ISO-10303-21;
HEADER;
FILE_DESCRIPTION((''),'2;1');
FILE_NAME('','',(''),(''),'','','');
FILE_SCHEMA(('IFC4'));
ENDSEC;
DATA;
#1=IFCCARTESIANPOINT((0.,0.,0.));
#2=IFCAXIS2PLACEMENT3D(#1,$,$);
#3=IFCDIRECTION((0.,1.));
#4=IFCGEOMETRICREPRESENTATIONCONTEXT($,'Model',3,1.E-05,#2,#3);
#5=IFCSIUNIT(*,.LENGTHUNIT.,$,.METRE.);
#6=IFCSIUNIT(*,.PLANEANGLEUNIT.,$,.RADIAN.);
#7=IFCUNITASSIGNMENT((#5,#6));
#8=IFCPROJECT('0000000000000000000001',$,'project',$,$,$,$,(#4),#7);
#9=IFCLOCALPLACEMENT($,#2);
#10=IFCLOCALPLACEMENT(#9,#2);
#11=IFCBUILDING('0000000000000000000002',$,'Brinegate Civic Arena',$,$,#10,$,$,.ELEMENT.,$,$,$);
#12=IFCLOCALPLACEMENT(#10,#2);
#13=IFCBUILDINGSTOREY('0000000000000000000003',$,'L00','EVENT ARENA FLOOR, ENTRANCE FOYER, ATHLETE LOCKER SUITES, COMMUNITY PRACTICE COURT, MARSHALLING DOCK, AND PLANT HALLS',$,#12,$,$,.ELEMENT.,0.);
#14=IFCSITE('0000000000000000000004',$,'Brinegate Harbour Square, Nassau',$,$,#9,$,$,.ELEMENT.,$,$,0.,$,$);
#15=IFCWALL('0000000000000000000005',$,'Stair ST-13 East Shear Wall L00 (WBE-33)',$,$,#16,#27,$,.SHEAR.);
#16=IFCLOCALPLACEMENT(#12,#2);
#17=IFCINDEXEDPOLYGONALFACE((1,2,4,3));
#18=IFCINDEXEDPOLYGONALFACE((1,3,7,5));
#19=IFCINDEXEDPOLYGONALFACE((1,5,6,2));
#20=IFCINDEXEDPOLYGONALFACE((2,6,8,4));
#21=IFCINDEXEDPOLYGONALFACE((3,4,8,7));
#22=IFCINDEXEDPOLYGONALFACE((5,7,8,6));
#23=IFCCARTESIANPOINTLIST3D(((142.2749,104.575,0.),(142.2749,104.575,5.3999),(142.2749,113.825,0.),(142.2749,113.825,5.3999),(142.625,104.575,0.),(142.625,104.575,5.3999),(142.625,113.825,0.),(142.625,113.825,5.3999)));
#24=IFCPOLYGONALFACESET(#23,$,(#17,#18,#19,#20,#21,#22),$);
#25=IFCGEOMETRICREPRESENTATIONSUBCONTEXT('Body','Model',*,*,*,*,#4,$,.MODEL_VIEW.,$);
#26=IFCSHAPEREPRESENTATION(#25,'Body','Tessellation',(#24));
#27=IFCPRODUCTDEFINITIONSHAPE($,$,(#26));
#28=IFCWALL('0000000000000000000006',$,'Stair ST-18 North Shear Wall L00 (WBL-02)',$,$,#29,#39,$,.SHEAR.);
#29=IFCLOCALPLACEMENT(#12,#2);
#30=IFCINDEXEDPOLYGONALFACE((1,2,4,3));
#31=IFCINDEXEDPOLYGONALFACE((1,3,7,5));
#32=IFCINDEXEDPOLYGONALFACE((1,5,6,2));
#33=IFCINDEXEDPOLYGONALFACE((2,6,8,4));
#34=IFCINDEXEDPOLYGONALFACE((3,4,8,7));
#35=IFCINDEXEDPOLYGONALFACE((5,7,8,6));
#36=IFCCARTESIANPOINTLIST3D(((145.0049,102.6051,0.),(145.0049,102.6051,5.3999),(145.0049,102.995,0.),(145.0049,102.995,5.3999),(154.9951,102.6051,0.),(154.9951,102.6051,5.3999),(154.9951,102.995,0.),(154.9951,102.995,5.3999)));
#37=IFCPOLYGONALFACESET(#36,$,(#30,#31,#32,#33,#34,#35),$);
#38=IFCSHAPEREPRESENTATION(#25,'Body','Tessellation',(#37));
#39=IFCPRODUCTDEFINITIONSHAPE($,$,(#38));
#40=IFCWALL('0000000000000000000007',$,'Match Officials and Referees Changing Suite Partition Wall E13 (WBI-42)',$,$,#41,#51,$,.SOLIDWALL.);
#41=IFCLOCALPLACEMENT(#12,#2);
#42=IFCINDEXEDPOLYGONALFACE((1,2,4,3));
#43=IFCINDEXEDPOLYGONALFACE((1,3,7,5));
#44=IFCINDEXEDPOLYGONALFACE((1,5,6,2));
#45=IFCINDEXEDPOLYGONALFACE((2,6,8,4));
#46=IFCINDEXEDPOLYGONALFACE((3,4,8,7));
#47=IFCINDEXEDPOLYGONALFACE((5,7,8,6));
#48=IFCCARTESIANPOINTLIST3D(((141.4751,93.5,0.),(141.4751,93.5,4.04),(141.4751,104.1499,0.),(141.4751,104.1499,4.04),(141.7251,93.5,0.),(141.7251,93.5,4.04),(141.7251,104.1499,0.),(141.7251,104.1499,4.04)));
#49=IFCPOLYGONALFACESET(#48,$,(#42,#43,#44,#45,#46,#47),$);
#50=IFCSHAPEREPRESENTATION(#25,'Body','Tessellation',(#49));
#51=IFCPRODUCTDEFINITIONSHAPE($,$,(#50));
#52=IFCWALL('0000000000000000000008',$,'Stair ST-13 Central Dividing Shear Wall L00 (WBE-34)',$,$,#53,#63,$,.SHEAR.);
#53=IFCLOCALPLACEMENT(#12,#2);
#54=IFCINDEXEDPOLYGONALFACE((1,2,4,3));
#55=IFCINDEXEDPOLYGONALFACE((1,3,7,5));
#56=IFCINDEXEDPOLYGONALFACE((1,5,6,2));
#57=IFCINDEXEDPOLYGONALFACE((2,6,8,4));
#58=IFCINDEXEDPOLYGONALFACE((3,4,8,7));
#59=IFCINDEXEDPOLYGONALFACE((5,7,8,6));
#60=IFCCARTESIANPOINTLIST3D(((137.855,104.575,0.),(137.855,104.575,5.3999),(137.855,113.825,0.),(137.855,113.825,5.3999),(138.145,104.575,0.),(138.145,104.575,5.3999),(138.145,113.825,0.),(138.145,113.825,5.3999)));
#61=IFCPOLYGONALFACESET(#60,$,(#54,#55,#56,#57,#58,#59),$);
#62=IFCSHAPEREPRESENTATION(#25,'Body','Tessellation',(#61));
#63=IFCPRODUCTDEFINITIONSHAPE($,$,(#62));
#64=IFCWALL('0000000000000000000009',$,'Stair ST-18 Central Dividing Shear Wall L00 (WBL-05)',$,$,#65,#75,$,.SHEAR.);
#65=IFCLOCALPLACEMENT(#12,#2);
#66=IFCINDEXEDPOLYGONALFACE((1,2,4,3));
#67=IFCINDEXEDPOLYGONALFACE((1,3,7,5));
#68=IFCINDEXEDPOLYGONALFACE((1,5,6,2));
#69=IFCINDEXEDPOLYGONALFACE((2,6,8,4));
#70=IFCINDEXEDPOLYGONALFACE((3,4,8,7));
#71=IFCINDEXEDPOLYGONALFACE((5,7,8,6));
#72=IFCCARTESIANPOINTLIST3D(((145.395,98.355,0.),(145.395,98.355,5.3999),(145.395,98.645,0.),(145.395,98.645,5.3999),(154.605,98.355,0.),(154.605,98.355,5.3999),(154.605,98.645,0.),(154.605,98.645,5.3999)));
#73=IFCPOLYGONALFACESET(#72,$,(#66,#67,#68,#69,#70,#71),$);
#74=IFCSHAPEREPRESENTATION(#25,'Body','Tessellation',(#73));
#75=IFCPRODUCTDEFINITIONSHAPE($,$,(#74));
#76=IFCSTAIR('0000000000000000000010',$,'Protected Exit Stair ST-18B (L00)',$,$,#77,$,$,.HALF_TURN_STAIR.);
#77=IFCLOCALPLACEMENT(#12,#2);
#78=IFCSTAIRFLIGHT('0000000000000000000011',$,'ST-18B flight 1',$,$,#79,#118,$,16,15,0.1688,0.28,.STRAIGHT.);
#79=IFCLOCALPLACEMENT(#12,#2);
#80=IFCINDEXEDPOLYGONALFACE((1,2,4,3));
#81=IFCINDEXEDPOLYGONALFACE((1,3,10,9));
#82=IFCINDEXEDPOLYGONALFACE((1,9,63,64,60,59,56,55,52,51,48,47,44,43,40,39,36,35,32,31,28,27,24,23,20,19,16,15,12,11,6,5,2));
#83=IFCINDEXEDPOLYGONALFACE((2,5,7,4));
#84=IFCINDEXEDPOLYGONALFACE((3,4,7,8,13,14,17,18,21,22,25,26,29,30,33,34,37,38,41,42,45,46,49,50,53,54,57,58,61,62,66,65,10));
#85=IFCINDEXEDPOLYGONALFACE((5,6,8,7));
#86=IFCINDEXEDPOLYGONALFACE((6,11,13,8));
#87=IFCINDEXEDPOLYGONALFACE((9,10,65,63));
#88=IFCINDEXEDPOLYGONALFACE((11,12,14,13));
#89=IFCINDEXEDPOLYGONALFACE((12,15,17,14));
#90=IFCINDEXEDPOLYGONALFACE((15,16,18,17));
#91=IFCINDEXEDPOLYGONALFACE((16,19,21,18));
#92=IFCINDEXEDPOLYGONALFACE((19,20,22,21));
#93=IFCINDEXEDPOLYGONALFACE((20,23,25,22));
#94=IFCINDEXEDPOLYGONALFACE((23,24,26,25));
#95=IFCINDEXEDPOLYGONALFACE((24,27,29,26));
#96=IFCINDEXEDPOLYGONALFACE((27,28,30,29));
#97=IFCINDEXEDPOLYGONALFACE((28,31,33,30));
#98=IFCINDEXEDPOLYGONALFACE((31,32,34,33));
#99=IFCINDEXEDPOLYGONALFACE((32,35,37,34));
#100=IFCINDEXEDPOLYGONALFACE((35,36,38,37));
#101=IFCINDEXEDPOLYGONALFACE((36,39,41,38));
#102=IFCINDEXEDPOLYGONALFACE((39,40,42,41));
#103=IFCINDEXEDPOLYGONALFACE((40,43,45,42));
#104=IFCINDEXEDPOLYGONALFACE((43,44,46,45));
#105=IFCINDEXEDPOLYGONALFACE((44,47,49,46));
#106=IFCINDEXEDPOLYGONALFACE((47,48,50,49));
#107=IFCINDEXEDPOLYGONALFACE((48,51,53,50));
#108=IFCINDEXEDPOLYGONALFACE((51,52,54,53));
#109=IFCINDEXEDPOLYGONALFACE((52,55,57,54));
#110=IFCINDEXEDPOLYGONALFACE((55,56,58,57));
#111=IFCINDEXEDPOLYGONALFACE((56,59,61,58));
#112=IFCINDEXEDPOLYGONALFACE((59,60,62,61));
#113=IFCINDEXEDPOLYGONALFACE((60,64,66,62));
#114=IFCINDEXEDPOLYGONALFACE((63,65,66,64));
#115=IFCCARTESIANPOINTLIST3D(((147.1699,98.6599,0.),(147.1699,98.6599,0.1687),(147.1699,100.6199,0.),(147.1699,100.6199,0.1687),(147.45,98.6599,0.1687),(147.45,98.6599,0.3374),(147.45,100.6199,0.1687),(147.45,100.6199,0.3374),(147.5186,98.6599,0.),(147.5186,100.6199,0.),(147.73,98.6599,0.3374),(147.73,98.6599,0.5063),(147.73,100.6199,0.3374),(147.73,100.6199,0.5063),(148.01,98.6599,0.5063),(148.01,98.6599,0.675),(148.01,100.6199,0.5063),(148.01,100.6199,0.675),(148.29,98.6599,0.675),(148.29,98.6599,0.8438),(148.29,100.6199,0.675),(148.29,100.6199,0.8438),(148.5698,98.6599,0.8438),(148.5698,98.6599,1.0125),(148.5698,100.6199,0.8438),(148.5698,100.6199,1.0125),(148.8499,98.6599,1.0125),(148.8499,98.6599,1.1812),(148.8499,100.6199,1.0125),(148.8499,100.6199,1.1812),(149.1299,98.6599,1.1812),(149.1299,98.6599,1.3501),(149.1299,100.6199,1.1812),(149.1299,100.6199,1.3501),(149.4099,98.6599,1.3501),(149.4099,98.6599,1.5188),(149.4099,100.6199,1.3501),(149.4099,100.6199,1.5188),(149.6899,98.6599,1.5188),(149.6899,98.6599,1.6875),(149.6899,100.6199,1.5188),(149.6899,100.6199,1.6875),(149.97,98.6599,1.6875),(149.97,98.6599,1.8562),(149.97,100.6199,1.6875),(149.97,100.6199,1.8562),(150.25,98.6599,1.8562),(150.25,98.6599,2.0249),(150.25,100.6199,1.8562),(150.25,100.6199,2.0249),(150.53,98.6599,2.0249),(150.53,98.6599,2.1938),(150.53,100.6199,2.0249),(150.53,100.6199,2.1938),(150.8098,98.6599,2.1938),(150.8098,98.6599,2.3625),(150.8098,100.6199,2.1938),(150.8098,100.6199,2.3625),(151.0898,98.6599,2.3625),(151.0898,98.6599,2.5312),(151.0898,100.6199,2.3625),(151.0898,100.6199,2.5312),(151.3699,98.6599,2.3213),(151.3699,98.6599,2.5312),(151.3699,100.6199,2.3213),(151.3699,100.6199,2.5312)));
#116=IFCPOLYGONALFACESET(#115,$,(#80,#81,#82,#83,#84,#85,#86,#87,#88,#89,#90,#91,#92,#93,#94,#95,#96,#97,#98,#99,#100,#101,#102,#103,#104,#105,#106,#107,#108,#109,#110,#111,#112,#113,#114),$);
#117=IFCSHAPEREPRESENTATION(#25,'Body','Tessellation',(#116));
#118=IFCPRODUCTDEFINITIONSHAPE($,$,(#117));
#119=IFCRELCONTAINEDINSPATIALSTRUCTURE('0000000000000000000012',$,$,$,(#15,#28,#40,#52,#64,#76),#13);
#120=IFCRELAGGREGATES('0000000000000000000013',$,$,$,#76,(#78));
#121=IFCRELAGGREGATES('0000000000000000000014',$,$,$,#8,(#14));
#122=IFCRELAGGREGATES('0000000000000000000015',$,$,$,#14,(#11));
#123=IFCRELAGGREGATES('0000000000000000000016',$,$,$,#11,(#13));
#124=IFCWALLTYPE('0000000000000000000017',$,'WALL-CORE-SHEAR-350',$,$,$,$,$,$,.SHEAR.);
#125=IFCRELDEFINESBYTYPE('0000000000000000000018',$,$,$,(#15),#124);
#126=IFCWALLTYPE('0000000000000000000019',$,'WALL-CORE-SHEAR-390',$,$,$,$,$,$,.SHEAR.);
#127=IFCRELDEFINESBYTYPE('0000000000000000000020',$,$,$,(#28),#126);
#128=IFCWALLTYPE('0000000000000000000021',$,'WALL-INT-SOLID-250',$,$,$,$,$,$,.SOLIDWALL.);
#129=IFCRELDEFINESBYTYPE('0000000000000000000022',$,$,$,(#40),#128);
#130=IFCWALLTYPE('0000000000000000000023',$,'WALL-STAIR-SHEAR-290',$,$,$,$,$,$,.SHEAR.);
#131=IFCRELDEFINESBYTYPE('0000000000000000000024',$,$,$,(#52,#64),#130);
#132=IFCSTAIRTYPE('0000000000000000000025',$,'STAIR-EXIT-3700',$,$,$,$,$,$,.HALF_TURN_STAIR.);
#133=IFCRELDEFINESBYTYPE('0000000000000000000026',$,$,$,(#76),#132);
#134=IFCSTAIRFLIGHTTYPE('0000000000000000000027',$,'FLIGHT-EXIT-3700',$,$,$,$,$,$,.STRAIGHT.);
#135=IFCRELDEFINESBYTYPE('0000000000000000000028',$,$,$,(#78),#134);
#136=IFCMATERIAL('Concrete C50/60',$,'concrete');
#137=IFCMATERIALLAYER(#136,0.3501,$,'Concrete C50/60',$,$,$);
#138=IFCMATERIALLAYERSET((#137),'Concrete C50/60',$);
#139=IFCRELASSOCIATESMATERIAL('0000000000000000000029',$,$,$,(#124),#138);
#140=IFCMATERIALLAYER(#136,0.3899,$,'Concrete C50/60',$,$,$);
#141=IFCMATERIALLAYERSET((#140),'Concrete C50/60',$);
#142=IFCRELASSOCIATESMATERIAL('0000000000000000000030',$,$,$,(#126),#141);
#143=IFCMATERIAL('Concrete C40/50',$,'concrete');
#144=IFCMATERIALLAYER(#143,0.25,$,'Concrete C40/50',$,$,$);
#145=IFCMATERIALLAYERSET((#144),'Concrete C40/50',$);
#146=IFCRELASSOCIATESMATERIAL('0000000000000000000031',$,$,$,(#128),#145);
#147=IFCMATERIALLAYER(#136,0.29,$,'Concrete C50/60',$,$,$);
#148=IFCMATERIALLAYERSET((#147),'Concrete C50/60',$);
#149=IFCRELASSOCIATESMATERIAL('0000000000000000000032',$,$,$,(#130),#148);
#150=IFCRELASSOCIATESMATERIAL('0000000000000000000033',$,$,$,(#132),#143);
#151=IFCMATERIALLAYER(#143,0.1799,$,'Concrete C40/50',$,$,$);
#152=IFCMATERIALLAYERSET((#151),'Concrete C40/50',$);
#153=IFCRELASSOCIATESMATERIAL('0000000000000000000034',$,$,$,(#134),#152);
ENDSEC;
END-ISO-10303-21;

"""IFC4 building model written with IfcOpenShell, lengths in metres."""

from ifc_helpers import new_model, si_unit, direction, frame, frame_2d, origin, place, context, subcontext, project, spatial, polyline, rectangle, outline, extrude, material, layer, layer_set, type_object, element, aggregate, save


model = new_model("IFC4")

# Units and contexts
model_context = context("Model", 3, precision=1e-05, world=origin(), true_north=direction((0.0, 1.0)))
body_context = subcontext(model_context, "Body", "Model", "MODEL_VIEW")
ifc_project = project(units=[si_unit("LENGTHUNIT", "METRE"), si_unit("PLANEANGLEUNIT", "RADIAN")], contexts=[model_context])

# Site, building, storey
site_placement = place(None, origin())
site = spatial("IfcSite", under=ifc_project, at=site_placement, Name="Brinegate Harbour Square, Nassau", CompositionType="ELEMENT", RefElevation=0.0)
building_placement = place(site_placement, origin())
building = spatial("IfcBuilding", under=site, at=building_placement, Name="Brinegate Civic Arena", CompositionType="ELEMENT")
storey_placement = place(building_placement, origin())
storey = spatial("IfcBuildingStorey", under=building, at=storey_placement, Name="L00", Description="EVENT ARENA FLOOR, ENTRANCE FOYER, ATHLETE LOCKER SUITES, COMMUNITY PRACTICE COURT, MARSHALLING DOCK, AND PLANT HALLS", CompositionType="ELEMENT", Elevation=0.0)

# Shared definitions
ifc_material_1 = material(Name="Concrete C40/50", Category="concrete")

# Shared definitions
ifc_material_2 = material(Name="Concrete C50/60", Category="concrete")

# Walls
ifc_layer_1 = layer(ifc_material_2, 0.3501, Name="Concrete C50/60")
ifc_layer_set_1 = layer_set([ifc_layer_1], Name="Concrete C50/60")
wall_type_1 = type_object("IfcWallType", Name="WALL-CORE-SHEAR-350", PredefinedType="SHEAR", material=ifc_layer_set_1)
for number, where, z_axis, x_axis, name in (
    (1, (142.45, 104.575, 0.0), (0.0, 0.0, 1.0), (0.0, 1.0, 0.0), "Stair ST-13 East Shear Wall L00 (WBE-33)"),
):
    element("IfcWall", number, at=place(storey_placement, frame(where, z_axis=z_axis, x_axis=x_axis)), inside=storey, type_object=wall_type_1, Name=name, PredefinedType="SHEAR", context=body_context, shape_type="SweptSolid", body=[
        extrude(rectangle(XDim=9.25, YDim=0.3501, at=frame_2d((4.625, 0.0))), origin(), (0.0, 0.0, 1.0), 5.3999),
    ])
ifc_layer_2 = layer(ifc_material_2, 0.3899, Name="Concrete C50/60")
ifc_layer_set_2 = layer_set([ifc_layer_2], Name="Concrete C50/60")
wall_type_2 = type_object("IfcWallType", Name="WALL-CORE-SHEAR-390", PredefinedType="SHEAR", material=ifc_layer_set_2)
wall_1_placement = place(storey_placement, frame((145.0049, 102.8, 0.0), z_axis=(0.0, 0.0, 1.0), x_axis=(1.0, 0.0, 0.0)))
element("IfcWall", 2, at=wall_1_placement, inside=storey, type_object=wall_type_2, Name="Stair ST-18 North Shear Wall L00 (WBL-02)", PredefinedType="SHEAR", context=body_context, shape_type="SweptSolid", body=[
    extrude(rectangle(XDim=9.9902, YDim=0.3899, at=frame_2d((4.9951, 0.0))), origin(), (0.0, 0.0, 1.0), 5.3999),
])
ifc_layer_3 = layer(ifc_material_1, 0.25, Name="Concrete C40/50")
ifc_layer_set_3 = layer_set([ifc_layer_3], Name="Concrete C40/50")
wall_type_3 = type_object("IfcWallType", Name="WALL-INT-SOLID-250", PredefinedType="SOLIDWALL", material=ifc_layer_set_3)
wall_2_placement = place(storey_placement, frame((141.6001, 104.1499, 0.0), z_axis=(0.0, 0.0, 1.0), x_axis=(0.0, -1.0, 0.0)))
element("IfcWall", 3, at=wall_2_placement, inside=storey, type_object=wall_type_3, Name="Match Officials and Referees Changing Suite Partition Wall E13 (WBI-42)", PredefinedType="SOLIDWALL", context=body_context, shape_type="SweptSolid", body=[
    extrude(rectangle(XDim=10.6499, YDim=0.25, at=frame_2d((5.325, 0.0))), origin(), (0.0, 0.0, 1.0), 4.04),
])
ifc_layer_4 = layer(ifc_material_2, 0.29, Name="Concrete C50/60")
ifc_layer_set_4 = layer_set([ifc_layer_4], Name="Concrete C50/60")
wall_type_4 = type_object("IfcWallType", Name="WALL-STAIR-SHEAR-290", PredefinedType="SHEAR", material=ifc_layer_set_4)
wall_3_placement = place(storey_placement, frame((138.0, 104.575, 0.0), z_axis=(0.0, 0.0, 1.0), x_axis=(0.0, 1.0, 0.0)))
element("IfcWall", 4, at=wall_3_placement, inside=storey, type_object=wall_type_4, Name="Stair ST-13 Central Dividing Shear Wall L00 (WBE-34)", PredefinedType="SHEAR", context=body_context, shape_type="SweptSolid", body=[
    extrude(rectangle(XDim=9.25, YDim=0.29, at=frame_2d((4.625, 0.0))), origin(), (0.0, 0.0, 1.0), 5.3999),
])
wall_4_placement = place(storey_placement, frame((145.395, 98.5, 0.0), z_axis=(0.0, 0.0, 1.0), x_axis=(1.0, 0.0, 0.0)))
element("IfcWall", 5, at=wall_4_placement, inside=storey, type_object=wall_type_4, Name="Stair ST-18 Central Dividing Shear Wall L00 (WBL-05)", PredefinedType="SHEAR", context=body_context, shape_type="SweptSolid", body=[
    extrude(rectangle(XDim=9.21, YDim=0.29, at=frame_2d((4.605, 0.0))), origin(), (0.0, 0.0, 1.0), 5.3999),
])

# Stair, stair flight
stair_type = type_object("IfcStairType", Name="STAIR-EXIT-3700", PredefinedType="HALF_TURN_STAIR", material=ifc_material_1)
stair_placement = place(storey_placement, origin())
stair = element("IfcStair", 6, at=stair_placement, inside=storey, type_object=stair_type, Name="Protected Exit Stair ST-18B (L00)", PredefinedType="HALF_TURN_STAIR")
ifc_layer_5 = layer(ifc_material_1, 0.1799, Name="Concrete C40/50")
ifc_layer_set_5 = layer_set([ifc_layer_5], Name="Concrete C40/50")
stair_flight_type = type_object("IfcStairFlightType", Name="FLIGHT-EXIT-3700", PredefinedType="STRAIGHT", material=ifc_layer_set_5)
stair_flight_placement = place(storey_placement, frame((147.1699, 99.6399, 0.0), z_axis=(0.0, 0.0, 1.0), x_axis=(1.0, 0.0, 0.0)))
stair_flight = element("IfcStairFlight", 7, at=stair_flight_placement, type_object=stair_flight_type, Name="ST-18B flight 1", NumberOfRisers=16, NumberOfTreads=15, PredefinedType="STRAIGHT", RiserHeight=0.1688, TreadLength=0.28, context=body_context, shape_type="SweptSolid", body=[
    extrude(outline(polyline([(0.0, 0.0), (0.0, 0.1687), (0.28, 0.1687), (0.28, 0.3374), (0.5601, 0.3374), (0.5601, 0.5063), (0.8401, 0.5063), (0.8401, 0.675), (1.1201, 0.675), (1.1201, 0.8438), (1.3999, 0.8438), (1.3999, 1.0125), (1.6799, 1.0125), (1.6799, 1.1812), (1.96, 1.1812), (1.96, 1.3501), (2.24, 1.3501), (2.24, 1.5188), (2.52, 1.5188), (2.52, 1.6875), (2.8, 1.6875), (2.8, 1.8562), (3.0801, 1.8562), (3.0801, 2.0249), (3.3601, 2.0249), (3.3601, 2.1938), (3.6399, 2.1938), (3.6399, 2.3625), (3.9199, 2.3625), (3.9199, 2.5312), (4.2, 2.5312), (4.2, 2.7), (4.2, 2.3213), (0.3486, 0.0), (0.0, 0.0)])), frame((0.0, 0.98, 0.0), z_axis=(0.0, -1.0, 0.0), x_axis=(1.0, 0.0, 0.0)), (0.0, 0.0, 1.0), 1.96),
])
aggregate(stair, [stair_flight])

save(model, "model.ifc")
